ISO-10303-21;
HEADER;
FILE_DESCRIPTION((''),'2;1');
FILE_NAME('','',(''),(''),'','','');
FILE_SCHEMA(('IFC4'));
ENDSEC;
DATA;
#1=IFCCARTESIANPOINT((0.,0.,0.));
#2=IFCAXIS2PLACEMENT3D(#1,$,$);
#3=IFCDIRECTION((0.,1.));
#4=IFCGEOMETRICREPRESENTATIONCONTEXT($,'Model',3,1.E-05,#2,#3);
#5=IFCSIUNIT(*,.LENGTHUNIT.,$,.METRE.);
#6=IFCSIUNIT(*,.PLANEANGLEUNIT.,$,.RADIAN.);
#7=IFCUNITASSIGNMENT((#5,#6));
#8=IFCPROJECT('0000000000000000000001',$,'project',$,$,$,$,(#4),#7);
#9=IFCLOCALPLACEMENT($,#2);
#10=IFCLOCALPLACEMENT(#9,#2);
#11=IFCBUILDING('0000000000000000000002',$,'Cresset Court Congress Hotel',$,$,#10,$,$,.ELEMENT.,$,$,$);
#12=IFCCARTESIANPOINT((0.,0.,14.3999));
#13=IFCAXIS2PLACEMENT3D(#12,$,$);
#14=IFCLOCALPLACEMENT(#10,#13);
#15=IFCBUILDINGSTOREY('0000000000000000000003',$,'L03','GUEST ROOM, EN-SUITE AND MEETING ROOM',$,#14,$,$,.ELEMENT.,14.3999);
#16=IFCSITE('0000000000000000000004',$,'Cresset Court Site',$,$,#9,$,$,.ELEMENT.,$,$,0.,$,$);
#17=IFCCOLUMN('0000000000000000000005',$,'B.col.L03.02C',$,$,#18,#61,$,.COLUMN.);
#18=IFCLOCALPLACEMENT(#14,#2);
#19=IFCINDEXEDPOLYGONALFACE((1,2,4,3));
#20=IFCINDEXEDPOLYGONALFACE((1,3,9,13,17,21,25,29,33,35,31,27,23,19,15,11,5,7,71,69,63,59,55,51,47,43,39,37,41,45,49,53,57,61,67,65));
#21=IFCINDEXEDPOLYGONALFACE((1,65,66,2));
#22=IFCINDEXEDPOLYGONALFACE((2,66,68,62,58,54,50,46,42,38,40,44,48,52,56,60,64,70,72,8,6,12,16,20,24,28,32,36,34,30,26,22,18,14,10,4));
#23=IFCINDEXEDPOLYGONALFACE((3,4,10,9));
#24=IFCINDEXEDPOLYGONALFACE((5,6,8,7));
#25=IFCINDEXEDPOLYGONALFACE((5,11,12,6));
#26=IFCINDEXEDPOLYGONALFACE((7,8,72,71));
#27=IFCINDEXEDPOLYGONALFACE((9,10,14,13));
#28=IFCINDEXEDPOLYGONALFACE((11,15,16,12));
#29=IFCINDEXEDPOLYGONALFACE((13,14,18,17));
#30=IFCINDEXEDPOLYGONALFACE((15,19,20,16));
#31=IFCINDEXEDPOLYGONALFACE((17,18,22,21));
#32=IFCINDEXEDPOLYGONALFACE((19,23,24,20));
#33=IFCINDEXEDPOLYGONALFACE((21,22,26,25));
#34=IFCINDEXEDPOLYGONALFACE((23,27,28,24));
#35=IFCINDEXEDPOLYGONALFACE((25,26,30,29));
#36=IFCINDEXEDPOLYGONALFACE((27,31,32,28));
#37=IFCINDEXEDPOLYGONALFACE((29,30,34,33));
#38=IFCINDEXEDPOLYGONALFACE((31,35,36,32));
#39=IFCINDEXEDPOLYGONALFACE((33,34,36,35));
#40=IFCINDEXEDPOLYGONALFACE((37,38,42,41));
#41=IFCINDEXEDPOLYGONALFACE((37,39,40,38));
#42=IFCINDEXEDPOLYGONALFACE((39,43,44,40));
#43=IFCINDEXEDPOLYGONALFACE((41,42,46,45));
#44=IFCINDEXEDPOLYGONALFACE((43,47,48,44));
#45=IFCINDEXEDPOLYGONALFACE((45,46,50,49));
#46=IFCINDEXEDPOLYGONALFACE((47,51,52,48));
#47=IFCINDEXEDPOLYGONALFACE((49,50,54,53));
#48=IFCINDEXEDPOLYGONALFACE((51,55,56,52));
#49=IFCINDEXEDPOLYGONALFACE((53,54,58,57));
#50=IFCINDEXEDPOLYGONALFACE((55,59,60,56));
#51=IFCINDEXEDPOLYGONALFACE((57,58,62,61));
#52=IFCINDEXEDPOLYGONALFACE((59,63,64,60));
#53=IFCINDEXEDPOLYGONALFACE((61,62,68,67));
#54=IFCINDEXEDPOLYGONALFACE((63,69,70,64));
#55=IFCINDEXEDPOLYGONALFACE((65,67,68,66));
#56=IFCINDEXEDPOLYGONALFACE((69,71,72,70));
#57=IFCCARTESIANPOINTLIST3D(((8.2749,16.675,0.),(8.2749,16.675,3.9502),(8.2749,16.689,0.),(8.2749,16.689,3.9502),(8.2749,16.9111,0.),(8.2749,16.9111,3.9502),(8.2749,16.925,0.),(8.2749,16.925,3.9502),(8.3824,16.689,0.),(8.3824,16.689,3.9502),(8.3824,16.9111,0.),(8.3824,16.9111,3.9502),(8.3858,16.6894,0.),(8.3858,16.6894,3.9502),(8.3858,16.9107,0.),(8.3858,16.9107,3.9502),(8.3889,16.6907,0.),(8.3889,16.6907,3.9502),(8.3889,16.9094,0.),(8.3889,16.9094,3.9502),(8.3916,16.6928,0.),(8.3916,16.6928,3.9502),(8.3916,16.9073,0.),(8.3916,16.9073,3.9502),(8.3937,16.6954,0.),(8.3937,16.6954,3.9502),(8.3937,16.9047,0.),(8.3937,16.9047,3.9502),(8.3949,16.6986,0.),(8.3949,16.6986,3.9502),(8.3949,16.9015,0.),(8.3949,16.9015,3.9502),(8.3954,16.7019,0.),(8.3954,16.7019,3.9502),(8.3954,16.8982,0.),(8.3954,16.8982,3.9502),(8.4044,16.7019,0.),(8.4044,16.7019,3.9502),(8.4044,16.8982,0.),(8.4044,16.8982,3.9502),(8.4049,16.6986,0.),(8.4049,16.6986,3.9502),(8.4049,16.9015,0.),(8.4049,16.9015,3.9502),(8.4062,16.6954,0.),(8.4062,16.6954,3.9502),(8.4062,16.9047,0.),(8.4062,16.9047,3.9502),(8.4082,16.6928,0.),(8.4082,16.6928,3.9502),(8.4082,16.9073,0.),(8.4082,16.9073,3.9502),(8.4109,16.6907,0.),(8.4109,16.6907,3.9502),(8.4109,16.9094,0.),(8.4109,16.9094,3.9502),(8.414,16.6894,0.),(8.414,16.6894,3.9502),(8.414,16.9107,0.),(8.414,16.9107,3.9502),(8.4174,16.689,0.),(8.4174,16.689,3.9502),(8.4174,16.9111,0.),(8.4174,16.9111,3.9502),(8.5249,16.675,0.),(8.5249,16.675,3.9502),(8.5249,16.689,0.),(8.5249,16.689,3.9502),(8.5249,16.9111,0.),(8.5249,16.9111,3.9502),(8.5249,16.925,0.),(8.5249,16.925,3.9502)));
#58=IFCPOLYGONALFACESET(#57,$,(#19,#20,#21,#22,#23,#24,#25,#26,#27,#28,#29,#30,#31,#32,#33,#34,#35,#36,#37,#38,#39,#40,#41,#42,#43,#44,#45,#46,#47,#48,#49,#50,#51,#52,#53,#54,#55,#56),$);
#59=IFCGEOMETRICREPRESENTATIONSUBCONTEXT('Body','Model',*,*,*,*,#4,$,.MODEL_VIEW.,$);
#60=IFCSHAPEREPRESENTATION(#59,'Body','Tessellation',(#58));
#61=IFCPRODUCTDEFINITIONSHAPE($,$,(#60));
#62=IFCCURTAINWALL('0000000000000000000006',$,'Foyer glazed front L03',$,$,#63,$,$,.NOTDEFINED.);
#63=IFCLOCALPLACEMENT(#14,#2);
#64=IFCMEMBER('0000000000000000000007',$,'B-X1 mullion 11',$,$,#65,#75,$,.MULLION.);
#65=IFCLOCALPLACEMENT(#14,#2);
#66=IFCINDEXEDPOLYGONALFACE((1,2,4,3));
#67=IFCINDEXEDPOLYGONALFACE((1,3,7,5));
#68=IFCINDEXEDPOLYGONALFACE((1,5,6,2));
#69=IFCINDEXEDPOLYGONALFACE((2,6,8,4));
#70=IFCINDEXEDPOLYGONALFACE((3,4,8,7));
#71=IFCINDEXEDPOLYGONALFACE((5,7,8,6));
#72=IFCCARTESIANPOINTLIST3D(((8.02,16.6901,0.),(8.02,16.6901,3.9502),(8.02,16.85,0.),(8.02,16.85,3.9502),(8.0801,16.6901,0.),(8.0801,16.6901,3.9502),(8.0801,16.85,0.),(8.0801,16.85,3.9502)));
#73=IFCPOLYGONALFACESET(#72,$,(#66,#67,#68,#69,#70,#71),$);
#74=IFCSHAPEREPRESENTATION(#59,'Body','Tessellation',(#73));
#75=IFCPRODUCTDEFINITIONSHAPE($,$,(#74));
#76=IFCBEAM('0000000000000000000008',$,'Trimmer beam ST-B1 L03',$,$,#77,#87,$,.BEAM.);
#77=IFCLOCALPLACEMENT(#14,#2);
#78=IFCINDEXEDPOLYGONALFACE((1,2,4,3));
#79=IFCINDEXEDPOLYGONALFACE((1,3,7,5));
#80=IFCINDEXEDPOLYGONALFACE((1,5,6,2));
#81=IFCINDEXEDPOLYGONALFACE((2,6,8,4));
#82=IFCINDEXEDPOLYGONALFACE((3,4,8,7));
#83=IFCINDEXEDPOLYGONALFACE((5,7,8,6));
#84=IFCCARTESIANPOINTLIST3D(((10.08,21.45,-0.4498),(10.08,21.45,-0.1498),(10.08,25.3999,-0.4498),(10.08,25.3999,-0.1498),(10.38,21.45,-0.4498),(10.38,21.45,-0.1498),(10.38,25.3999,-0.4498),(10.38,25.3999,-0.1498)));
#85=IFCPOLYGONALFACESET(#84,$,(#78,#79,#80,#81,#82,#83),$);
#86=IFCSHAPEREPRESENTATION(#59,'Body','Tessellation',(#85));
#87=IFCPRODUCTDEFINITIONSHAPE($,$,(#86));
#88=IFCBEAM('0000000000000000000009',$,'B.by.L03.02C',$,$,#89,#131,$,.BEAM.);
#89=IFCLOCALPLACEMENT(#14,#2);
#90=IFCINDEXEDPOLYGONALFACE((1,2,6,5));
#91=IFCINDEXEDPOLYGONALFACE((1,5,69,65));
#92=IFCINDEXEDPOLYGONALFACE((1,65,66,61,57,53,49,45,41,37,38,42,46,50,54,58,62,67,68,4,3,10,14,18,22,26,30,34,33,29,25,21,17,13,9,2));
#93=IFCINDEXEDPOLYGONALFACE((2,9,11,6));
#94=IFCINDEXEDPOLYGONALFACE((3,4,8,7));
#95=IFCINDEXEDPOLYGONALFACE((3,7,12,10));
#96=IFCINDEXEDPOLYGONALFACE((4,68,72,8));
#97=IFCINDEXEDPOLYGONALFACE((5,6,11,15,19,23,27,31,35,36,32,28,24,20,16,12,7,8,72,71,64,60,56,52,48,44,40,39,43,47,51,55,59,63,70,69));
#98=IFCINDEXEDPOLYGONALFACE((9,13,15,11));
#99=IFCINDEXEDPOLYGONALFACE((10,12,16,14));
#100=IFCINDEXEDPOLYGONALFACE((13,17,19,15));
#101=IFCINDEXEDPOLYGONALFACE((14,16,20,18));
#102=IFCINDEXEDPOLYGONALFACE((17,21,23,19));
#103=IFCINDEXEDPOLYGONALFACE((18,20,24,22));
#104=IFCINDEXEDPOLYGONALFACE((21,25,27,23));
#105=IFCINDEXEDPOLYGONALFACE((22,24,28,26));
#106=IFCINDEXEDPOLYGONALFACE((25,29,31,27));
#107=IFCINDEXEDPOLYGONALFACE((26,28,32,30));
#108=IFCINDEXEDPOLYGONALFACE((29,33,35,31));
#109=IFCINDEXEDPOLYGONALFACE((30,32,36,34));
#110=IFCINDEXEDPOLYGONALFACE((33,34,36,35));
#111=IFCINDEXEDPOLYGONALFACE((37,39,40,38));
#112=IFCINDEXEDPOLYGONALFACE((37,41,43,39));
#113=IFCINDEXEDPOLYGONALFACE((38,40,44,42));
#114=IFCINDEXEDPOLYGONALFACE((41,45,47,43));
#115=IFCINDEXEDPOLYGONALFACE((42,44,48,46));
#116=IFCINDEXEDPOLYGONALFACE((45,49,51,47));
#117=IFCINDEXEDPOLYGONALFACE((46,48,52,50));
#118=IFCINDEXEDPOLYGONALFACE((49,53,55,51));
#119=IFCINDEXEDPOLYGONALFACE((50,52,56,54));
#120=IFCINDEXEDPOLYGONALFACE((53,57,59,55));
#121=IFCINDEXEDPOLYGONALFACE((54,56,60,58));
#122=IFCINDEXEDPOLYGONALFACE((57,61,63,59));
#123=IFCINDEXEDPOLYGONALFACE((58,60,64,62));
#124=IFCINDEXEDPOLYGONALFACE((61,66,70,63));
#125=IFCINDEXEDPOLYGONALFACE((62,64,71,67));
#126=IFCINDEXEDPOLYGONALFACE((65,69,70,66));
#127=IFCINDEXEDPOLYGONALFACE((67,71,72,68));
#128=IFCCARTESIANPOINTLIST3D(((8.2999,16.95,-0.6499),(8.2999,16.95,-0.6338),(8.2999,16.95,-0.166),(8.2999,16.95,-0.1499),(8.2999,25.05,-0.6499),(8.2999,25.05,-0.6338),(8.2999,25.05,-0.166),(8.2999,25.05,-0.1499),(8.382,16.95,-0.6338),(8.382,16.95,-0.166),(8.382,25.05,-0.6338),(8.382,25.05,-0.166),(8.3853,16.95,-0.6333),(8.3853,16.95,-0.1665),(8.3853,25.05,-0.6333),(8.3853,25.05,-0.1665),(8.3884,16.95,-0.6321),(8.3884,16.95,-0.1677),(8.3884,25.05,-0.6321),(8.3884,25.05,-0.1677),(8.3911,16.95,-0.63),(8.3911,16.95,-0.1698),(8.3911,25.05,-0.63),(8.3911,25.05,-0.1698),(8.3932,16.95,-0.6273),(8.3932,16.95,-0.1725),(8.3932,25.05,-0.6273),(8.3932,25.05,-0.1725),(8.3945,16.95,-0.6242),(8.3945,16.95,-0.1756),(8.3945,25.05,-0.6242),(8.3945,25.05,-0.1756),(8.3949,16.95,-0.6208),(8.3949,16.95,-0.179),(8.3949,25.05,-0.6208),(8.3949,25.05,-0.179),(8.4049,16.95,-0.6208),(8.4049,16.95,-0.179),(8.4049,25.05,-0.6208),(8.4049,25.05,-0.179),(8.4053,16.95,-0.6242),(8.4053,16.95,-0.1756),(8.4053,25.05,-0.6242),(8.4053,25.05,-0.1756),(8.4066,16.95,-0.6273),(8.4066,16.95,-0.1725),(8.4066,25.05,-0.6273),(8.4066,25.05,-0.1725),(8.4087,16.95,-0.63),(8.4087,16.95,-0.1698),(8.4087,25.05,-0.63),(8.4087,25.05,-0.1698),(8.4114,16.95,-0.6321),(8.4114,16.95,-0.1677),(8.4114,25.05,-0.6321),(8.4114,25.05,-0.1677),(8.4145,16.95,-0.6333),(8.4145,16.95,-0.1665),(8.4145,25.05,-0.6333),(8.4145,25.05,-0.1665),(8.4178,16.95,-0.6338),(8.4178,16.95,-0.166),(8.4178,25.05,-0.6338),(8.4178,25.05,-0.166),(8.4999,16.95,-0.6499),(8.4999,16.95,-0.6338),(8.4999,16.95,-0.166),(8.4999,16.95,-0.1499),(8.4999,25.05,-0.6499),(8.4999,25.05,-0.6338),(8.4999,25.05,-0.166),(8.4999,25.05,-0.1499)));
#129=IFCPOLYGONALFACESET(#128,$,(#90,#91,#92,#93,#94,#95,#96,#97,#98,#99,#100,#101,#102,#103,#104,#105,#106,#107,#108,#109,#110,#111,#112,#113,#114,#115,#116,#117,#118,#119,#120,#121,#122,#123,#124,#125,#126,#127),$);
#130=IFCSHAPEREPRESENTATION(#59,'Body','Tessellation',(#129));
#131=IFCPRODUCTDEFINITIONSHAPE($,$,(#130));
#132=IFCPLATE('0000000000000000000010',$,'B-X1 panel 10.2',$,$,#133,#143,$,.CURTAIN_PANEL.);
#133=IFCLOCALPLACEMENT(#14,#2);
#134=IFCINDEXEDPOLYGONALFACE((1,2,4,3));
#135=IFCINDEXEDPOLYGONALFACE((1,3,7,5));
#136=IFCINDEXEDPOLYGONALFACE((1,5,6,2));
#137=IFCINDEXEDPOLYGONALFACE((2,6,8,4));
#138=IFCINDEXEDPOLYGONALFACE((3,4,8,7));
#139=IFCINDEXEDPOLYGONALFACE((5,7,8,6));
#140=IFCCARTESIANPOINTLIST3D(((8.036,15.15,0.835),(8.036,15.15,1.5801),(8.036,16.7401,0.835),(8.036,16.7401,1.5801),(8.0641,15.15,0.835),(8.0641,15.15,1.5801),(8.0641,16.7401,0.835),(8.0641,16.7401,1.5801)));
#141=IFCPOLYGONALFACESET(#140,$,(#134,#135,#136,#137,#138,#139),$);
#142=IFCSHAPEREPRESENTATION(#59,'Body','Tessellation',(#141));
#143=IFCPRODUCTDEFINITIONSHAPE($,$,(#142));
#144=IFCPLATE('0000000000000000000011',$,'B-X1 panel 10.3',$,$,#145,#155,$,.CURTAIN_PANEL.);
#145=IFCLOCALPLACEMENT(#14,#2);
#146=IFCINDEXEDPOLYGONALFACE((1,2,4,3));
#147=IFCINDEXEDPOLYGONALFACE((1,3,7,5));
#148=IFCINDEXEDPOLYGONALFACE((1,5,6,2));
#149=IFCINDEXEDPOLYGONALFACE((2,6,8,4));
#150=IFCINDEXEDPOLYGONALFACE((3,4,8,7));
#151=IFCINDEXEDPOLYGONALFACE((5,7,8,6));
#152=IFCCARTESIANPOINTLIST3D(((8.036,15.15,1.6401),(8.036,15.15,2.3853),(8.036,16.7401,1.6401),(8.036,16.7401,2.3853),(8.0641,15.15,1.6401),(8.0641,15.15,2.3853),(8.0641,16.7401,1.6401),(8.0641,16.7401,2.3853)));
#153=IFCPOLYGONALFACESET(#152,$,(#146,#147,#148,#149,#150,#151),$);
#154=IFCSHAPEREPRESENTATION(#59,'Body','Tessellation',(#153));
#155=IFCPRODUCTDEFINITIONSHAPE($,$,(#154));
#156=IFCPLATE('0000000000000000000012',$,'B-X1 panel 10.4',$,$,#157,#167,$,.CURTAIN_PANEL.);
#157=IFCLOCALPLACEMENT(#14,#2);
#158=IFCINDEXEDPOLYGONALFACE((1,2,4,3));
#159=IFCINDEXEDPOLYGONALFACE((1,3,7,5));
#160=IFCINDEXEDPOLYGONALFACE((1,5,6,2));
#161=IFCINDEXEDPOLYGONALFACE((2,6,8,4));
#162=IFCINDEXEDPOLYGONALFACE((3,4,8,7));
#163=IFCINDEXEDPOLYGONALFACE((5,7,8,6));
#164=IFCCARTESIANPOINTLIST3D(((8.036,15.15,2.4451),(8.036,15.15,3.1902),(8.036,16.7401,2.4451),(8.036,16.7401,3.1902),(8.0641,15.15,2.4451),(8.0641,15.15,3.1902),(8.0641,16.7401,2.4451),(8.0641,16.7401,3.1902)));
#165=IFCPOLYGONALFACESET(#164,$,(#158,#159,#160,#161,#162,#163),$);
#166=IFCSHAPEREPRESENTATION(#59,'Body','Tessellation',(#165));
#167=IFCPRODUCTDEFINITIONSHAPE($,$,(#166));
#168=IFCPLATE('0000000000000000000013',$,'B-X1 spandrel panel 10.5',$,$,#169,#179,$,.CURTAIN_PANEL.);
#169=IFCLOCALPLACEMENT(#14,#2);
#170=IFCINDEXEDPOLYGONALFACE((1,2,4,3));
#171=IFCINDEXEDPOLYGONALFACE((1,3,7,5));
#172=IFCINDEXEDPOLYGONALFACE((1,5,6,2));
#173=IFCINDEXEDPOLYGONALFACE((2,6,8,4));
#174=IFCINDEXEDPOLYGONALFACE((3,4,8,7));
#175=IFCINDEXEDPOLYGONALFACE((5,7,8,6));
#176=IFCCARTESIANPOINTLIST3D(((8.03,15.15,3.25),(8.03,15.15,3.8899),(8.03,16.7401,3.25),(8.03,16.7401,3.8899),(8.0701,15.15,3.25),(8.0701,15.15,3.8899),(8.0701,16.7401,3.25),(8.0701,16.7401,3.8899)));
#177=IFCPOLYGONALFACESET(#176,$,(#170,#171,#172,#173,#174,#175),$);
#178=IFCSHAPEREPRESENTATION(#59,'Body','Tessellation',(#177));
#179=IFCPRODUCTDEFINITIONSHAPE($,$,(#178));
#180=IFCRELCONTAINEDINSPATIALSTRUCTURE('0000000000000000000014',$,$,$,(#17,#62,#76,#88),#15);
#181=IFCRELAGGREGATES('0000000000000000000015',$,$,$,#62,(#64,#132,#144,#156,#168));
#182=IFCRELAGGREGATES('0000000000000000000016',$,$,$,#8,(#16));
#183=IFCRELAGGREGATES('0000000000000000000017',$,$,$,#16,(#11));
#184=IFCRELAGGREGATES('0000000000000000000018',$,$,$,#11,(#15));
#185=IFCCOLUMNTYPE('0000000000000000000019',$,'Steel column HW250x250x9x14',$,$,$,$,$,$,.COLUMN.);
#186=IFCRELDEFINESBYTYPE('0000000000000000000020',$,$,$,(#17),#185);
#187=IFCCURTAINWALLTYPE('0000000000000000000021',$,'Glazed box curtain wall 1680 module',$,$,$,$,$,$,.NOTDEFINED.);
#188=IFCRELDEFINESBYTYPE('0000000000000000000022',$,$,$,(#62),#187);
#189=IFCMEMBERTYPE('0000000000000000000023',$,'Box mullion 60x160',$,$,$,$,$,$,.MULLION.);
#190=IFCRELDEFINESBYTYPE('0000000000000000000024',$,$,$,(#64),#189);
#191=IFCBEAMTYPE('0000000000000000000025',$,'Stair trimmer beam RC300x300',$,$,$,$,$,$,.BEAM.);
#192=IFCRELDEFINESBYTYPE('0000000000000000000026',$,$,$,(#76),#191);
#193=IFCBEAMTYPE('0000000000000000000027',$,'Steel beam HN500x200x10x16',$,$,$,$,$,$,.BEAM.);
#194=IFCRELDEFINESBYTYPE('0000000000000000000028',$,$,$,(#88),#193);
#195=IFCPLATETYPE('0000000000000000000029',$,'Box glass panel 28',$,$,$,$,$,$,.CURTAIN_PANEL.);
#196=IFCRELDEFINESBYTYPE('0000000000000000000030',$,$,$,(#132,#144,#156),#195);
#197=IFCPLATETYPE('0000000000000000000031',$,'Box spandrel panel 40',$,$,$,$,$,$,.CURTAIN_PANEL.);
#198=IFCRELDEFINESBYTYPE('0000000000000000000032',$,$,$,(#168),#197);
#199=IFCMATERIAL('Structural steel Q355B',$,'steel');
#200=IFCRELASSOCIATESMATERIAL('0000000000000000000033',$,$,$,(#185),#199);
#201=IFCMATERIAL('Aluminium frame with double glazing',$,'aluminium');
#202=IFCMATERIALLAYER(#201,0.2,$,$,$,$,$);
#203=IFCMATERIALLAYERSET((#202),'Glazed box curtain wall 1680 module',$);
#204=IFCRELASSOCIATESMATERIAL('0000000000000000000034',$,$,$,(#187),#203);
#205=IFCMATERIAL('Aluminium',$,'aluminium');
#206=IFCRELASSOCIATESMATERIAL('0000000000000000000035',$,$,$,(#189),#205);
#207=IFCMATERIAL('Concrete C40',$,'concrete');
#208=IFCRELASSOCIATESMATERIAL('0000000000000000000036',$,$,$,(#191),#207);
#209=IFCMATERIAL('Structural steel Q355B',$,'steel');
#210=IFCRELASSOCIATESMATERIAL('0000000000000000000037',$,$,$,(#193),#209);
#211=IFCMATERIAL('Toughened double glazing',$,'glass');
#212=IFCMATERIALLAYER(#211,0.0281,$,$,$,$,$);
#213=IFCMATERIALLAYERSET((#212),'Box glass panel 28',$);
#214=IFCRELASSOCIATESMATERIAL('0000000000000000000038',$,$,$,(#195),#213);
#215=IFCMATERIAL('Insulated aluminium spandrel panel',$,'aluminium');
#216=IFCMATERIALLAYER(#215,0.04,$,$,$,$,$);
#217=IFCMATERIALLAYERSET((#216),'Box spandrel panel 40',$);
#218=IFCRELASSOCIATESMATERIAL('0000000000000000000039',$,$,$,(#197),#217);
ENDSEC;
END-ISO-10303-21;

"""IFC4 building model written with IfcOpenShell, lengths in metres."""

from ifc_helpers import new_model, si_unit, direction, frame, origin, origin_2d, place, context, subcontext, project, spatial, rectangle, i_section, extrude, material, layer, layer_set, material_profile, profile_set, type_object, element, aggregate, save


model = new_model("IFC4")

# Units and contexts
model_context = context("Model", 3, precision=1e-05, world=origin(), true_north=direction((0.0, 1.0)))
body_context = subcontext(model_context, "Body", "Model", "MODEL_VIEW")
ifc_project = project(units=[si_unit("LENGTHUNIT", "METRE"), si_unit("PLANEANGLEUNIT", "RADIAN")], contexts=[model_context])

# Site, building, storey
site_placement = place(None, origin())
site = spatial("IfcSite", under=ifc_project, at=site_placement, Name="Cresset Court Site", CompositionType="ELEMENT", RefElevation=0.0)
building_placement = place(site_placement, origin())
building = spatial("IfcBuilding", under=site, at=building_placement, Name="Cresset Court Congress Hotel", CompositionType="ELEMENT")
storey_placement = place(building_placement, frame((0.0, 0.0, 14.3999)))
storey = spatial("IfcBuildingStorey", under=building, at=storey_placement, Name="L03", Description="GUEST ROOM, EN-SUITE AND MEETING ROOM", CompositionType="ELEMENT", Elevation=14.3999)

# Column
ifc_material_1 = material(Name="Structural steel Q355B", Category="steel")
ifc_material_profile_1 = material_profile(ifc_material_1, i_section(OverallWidth=0.25, OverallDepth=0.25, WebThickness=0.009, FlangeThickness=0.0139, FilletRadius=0.0129, at=origin_2d()), Name="HW250x250x9x14")
ifc_profile_set_1 = profile_set([ifc_material_profile_1], Name="Structural steel Q355B")
column_type = type_object("IfcColumnType", Name="Steel column HW250x250x9x14", PredefinedType="COLUMN", material=ifc_profile_set_1)
column_placement = place(storey_placement, frame((8.3999, 16.8, 0.0), z_axis=(0.0, 0.0, 1.0), x_axis=(1.0, 0.0, 0.0)))
element("IfcColumn", 1, at=column_placement, inside=storey, type_object=column_type, Name="B.col.L03.02C", PredefinedType="COLUMN", context=body_context, shape_type="SweptSolid", body=[
    extrude(i_section(OverallWidth=0.25, OverallDepth=0.25, WebThickness=0.009, FlangeThickness=0.0139, FilletRadius=0.0129, at=origin_2d()), origin(), (0.0, 0.0, 1.0), 3.9502),
])

# Curtain wall, member
ifc_material_2 = material(Name="Aluminium frame with double glazing", Category="aluminium")
ifc_layer_1 = layer(ifc_material_2, 0.2)
ifc_layer_set_1 = layer_set([ifc_layer_1], Name="Glazed box curtain wall 1680 module")
curtain_wall_type = type_object("IfcCurtainWallType", Name="Glazed box curtain wall 1680 module", PredefinedType="NOTDEFINED", material=ifc_layer_set_1)
curtain_wall_placement = place(storey_placement, origin())
curtain_wall = element("IfcCurtainWall", 2, at=curtain_wall_placement, inside=storey, type_object=curtain_wall_type, Name="Foyer glazed front L03", PredefinedType="NOTDEFINED")
ifc_material_3 = material(Name="Aluminium", Category="aluminium")
ifc_material_profile_2 = material_profile(ifc_material_3, rectangle(XDim=0.0601, YDim=0.1599, at=origin_2d()), Name="Box mullion 60x160")
ifc_profile_set_2 = profile_set([ifc_material_profile_2], Name="Aluminium")
member_type = type_object("IfcMemberType", Name="Box mullion 60x160", PredefinedType="MULLION", material=ifc_profile_set_2)
member_placement = place(storey_placement, frame((8.05, 16.77, 0.0), z_axis=(0.0, 0.0, 1.0), x_axis=(-1.0, 0.0, 0.0)))
member = element("IfcMember", 3, at=member_placement, type_object=member_type, Name="B-X1 mullion 11", PredefinedType="MULLION", context=body_context, shape_type="SweptSolid", body=[
    extrude(rectangle(XDim=0.0601, YDim=0.1599, at=origin_2d()), origin(), (0.0, 0.0, 1.0), 3.9502),
])

# Beams
ifc_material_4 = material(Name="Concrete C40", Category="concrete")
ifc_material_profile_3 = material_profile(ifc_material_4, rectangle(XDim=0.3, YDim=0.3, at=origin_2d()), Name="RC300x300")
ifc_profile_set_3 = profile_set([ifc_material_profile_3], Name="Concrete C40")
beam_type_1 = type_object("IfcBeamType", Name="Stair trimmer beam RC300x300", PredefinedType="BEAM", material=ifc_profile_set_3)
beam_1_placement = place(storey_placement, frame((10.23, 21.45, -0.2998), z_axis=(0.0, 1.0, 0.0), x_axis=(-1.0, 0.0, 0.0)))
element("IfcBeam", 4, at=beam_1_placement, inside=storey, type_object=beam_type_1, Name="Trimmer beam ST-B1 L03", PredefinedType="BEAM", context=body_context, shape_type="SweptSolid", body=[
    extrude(rectangle(XDim=0.3, YDim=0.3, at=origin_2d()), origin(), (0.0, 0.0, 1.0), 3.95),
])
ifc_material_5 = material(Name="Structural steel Q355B", Category="steel")
ifc_material_profile_4 = material_profile(ifc_material_5, i_section(OverallWidth=0.2, OverallDepth=0.5, WebThickness=0.01, FlangeThickness=0.0161, FilletRadius=0.0129, at=origin_2d()), Name="HN500x200x10x16")
ifc_profile_set_4 = profile_set([ifc_material_profile_4], Name="Structural steel Q355B")
beam_type_2 = type_object("IfcBeamType", Name="Steel beam HN500x200x10x16", PredefinedType="BEAM", material=ifc_profile_set_4)
beam_2_placement = place(storey_placement, frame((8.3999, 16.95, -0.3999), z_axis=(0.0, 1.0, 0.0), x_axis=(-1.0, 0.0, 0.0)))
element("IfcBeam", 5, at=beam_2_placement, inside=storey, type_object=beam_type_2, Name="B.by.L03.02C", PredefinedType="BEAM", context=body_context, shape_type="SweptSolid", body=[
    extrude(i_section(OverallWidth=0.2, OverallDepth=0.5, WebThickness=0.01, FlangeThickness=0.0161, FilletRadius=0.0129, at=origin_2d()), origin(), (0.0, 0.0, 1.0), 8.1001),
])

# Plates
ifc_material_6 = material(Name="Toughened double glazing", Category="glass")
ifc_layer_2 = layer(ifc_material_6, 0.0281)
ifc_layer_set_2 = layer_set([ifc_layer_2], Name="Box glass panel 28")
plate_type_1 = type_object("IfcPlateType", Name="Box glass panel 28", PredefinedType="CURTAIN_PANEL", material=ifc_layer_set_2)
plate_1_placement = place(storey_placement, frame((8.05, 15.9451, 0.835), z_axis=(0.0, 0.0, 1.0), x_axis=(0.0, 1.0, 0.0)))
plate_1 = element("IfcPlate", 6, at=plate_1_placement, type_object=plate_type_1, Name="B-X1 panel 10.2", PredefinedType="CURTAIN_PANEL", context=body_context, shape_type="SweptSolid", body=[
    extrude(rectangle(XDim=1.5901, YDim=0.0281, at=origin_2d()), origin(), (0.0, 0.0, 1.0), 0.7451),
])
plate_2_placement = place(storey_placement, frame((8.05, 15.9451, 1.6401), z_axis=(0.0, 0.0, 1.0), x_axis=(0.0, 1.0, 0.0)))
plate_2 = element("IfcPlate", 7, at=plate_2_placement, type_object=plate_type_1, Name="B-X1 panel 10.3", PredefinedType="CURTAIN_PANEL", context=body_context, shape_type="SweptSolid", body=[
    extrude(rectangle(XDim=1.5901, YDim=0.0281, at=origin_2d()), origin(), (0.0, 0.0, 1.0), 0.7451),
])
plate_3_placement = place(storey_placement, frame((8.05, 15.9451, 2.4451), z_axis=(0.0, 0.0, 1.0), x_axis=(0.0, 1.0, 0.0)))
plate_3 = element("IfcPlate", 8, at=plate_3_placement, type_object=plate_type_1, Name="B-X1 panel 10.4", PredefinedType="CURTAIN_PANEL", context=body_context, shape_type="SweptSolid", body=[
    extrude(rectangle(XDim=1.5901, YDim=0.0281, at=origin_2d()), origin(), (0.0, 0.0, 1.0), 0.7451),
])
ifc_material_7 = material(Name="Insulated aluminium spandrel panel", Category="aluminium")
ifc_layer_3 = layer(ifc_material_7, 0.04)
ifc_layer_set_3 = layer_set([ifc_layer_3], Name="Box spandrel panel 40")
plate_type_2 = type_object("IfcPlateType", Name="Box spandrel panel 40", PredefinedType="CURTAIN_PANEL", material=ifc_layer_set_3)
plate_4_placement = place(storey_placement, frame((8.05, 15.9451, 3.25), z_axis=(0.0, 0.0, 1.0), x_axis=(0.0, 1.0, 0.0)))
plate_4 = element("IfcPlate", 9, at=plate_4_placement, type_object=plate_type_2, Name="B-X1 spandrel panel 10.5", PredefinedType="CURTAIN_PANEL", context=body_context, shape_type="SweptSolid", body=[
    extrude(rectangle(XDim=1.5901, YDim=0.04, at=origin_2d()), origin(), (0.0, 0.0, 1.0), 0.6399),
])
aggregate(curtain_wall, [member, plate_1, plate_2, plate_3, plate_4])

save(model, "model.ifc")
